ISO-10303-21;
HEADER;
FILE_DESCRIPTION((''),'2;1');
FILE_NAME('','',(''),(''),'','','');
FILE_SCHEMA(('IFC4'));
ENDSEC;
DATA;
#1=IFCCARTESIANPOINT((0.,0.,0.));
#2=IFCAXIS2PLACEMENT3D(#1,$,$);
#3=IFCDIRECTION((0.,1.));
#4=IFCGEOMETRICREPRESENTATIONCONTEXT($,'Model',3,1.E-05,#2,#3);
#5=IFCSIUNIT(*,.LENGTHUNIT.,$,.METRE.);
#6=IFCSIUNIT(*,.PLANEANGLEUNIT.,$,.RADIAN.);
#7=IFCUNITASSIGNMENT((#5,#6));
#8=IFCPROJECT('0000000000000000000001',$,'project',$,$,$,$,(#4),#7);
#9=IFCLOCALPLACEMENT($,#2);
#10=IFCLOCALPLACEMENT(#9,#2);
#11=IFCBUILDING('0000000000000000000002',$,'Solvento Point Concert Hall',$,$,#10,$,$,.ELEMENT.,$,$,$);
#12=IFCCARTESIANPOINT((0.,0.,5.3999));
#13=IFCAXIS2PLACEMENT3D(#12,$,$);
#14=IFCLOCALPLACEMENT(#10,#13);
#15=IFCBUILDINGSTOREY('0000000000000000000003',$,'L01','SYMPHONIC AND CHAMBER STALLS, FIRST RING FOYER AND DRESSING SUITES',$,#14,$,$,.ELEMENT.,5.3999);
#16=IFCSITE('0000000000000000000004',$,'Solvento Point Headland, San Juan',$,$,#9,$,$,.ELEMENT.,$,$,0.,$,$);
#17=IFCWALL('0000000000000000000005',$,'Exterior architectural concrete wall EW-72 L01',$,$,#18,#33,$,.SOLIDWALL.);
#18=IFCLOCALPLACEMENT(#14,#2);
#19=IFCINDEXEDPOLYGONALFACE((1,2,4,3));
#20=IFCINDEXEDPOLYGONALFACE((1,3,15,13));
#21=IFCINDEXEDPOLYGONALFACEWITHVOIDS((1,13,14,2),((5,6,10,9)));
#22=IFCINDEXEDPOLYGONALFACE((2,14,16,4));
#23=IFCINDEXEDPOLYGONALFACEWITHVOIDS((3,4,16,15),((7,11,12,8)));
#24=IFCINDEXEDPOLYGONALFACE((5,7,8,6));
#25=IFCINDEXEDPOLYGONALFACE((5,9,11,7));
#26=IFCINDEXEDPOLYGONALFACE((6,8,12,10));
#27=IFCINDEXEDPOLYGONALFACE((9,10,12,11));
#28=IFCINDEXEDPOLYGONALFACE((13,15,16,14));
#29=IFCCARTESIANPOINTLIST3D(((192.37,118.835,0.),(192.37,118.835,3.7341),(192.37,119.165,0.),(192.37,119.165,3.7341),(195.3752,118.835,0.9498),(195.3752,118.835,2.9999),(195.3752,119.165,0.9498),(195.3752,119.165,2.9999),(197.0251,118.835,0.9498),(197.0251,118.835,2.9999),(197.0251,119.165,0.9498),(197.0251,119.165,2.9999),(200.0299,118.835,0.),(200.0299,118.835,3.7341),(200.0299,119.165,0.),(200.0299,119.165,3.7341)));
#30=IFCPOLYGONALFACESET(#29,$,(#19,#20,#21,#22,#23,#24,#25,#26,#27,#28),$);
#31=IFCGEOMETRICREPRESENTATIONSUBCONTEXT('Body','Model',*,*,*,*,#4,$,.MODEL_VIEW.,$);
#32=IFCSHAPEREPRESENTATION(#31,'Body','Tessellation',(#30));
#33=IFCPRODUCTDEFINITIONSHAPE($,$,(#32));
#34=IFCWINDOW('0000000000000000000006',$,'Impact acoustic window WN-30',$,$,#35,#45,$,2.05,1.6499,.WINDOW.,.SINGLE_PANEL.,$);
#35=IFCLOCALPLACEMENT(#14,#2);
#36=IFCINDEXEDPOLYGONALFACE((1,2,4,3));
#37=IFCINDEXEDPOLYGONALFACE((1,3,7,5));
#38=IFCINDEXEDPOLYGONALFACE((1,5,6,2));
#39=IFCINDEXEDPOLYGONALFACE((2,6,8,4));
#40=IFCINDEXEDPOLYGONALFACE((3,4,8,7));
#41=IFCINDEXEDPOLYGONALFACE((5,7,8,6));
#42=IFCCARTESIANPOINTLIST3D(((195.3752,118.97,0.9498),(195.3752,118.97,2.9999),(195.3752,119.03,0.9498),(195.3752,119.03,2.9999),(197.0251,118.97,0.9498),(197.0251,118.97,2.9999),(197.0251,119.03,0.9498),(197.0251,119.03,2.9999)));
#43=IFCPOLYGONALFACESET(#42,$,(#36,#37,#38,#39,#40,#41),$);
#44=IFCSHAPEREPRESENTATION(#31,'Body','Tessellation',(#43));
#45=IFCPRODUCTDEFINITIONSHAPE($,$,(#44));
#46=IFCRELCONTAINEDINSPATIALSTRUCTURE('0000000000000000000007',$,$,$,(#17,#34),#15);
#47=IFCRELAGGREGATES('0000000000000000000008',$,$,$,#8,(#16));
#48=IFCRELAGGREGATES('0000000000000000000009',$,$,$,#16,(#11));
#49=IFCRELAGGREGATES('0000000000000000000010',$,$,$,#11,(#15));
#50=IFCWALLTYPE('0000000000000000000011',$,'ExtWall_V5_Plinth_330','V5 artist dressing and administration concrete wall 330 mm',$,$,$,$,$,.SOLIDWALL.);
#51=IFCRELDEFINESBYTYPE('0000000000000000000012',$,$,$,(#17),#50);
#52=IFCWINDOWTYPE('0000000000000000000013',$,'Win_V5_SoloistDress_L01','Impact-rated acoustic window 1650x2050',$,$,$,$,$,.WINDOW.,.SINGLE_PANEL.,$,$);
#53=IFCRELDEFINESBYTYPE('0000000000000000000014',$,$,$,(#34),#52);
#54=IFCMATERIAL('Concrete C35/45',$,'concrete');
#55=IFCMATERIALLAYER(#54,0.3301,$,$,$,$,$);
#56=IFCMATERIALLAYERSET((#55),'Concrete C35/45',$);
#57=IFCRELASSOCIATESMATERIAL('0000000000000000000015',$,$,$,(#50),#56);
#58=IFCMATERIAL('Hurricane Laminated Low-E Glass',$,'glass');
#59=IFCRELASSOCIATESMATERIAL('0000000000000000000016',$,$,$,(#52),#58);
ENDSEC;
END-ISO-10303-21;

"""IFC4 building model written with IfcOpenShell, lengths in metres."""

from ifc_helpers import new_model, si_unit, direction, frame, frame_2d, origin, place, context, subcontext, project, spatial, rectangle, extrude, material, layer, layer_set, type_object, element, fill, save


model = new_model("IFC4")

# Units and contexts
model_context = context("Model", 3, precision=1e-05, world=origin(), true_north=direction((0.0, 1.0)))
body_context = subcontext(model_context, "Body", "Model", "MODEL_VIEW")
ifc_project = project(units=[si_unit("LENGTHUNIT", "METRE"), si_unit("PLANEANGLEUNIT", "RADIAN")], contexts=[model_context])

# Site, building, storey
site_placement = place(None, origin())
site = spatial("IfcSite", under=ifc_project, at=site_placement, Name="Solvento Point Headland, San Juan", CompositionType="ELEMENT", RefElevation=0.0)
building_placement = place(site_placement, origin())
building = spatial("IfcBuilding", under=site, at=building_placement, Name="Solvento Point Concert Hall", CompositionType="ELEMENT")
storey_placement = place(building_placement, frame((0.0, 0.0, 5.3999)))
storey = spatial("IfcBuildingStorey", under=building, at=storey_placement, Name="L01", Description="SYMPHONIC AND CHAMBER STALLS, FIRST RING FOYER AND DRESSING SUITES", CompositionType="ELEMENT", Elevation=5.3999)

# Wall, opening, window
ifc_material_1 = material(Name="Concrete C35/45", Category="concrete")
ifc_layer_1 = layer(ifc_material_1, 0.3301)
ifc_layer_set_1 = layer_set([ifc_layer_1], Name="Concrete C35/45")
wall_type_1 = type_object("IfcWallType", Name="ExtWall_V5_Plinth_330", Description="V5 artist dressing and administration concrete wall 330 mm", PredefinedType="SOLIDWALL", material=ifc_layer_set_1)
ifc_material_2 = material(Name="Hurricane Laminated Low-E Glass", Category="glass")
window_type = type_object("IfcWindowType", Name="Win_V5_SoloistDress_L01", Description="Impact-rated acoustic window 1650x2050", PartitioningType="SINGLE_PANEL", PredefinedType="WINDOW", material=ifc_material_2)
wall_1_placement = place(storey_placement, frame((200.03, 119.0, 0.0), z_axis=(0.0, 0.0, 1.0), x_axis=(-1.0, 0.0, 0.0)))
wall_1 = element("IfcWall", 1, at=wall_1_placement, inside=storey, type_object=wall_type_1, Name="Exterior architectural concrete wall EW-72 L01", PredefinedType="SOLIDWALL", context=body_context, shape_type="SweptSolid", body=[
    extrude(rectangle(XDim=7.6599, YDim=0.3301, at=frame_2d((3.8301, 0.0))), origin(), (0.0, 0.0, 1.0), 3.7341),
])
opening_1_placement = place(wall_1_placement, frame((3.0049, 0.0, 0.95)))
opening_1 = element("IfcOpeningElement", 2, at=opening_1_placement, cuts=wall_1, PredefinedType="OPENING", context=body_context, shape_type="SweptSolid", body=[
    extrude(rectangle(XDim=1.6499, YDim=2.05, at=frame_2d((0.825, 1.0249))), frame((0.0, 0.175, 0.0), z_axis=(0.0, -1.0, 0.0), x_axis=(1.0, 0.0, 0.0)), (0.0, 0.0, 1.0), 0.3501),
])
window_1_placement = place(opening_1_placement, origin())
window_1 = element("IfcWindow", 3, at=window_1_placement, inside=storey, type_object=window_type, Name="Impact acoustic window WN-30", OverallHeight=2.05, OverallWidth=1.6499, PartitioningType="SINGLE_PANEL", PredefinedType="WINDOW", context=body_context, shape_type="SweptSolid", body=[
    extrude(rectangle(XDim=1.6499, YDim=2.05, at=frame_2d((0.825, 1.0249))), frame((0.0, 0.03, 0.0), z_axis=(0.0, -1.0, 0.0), x_axis=(1.0, 0.0, 0.0)), (0.0, 0.0, 1.0), 0.0601),
])
fill(opening_1, window_1)

save(model, "model.ifc")
